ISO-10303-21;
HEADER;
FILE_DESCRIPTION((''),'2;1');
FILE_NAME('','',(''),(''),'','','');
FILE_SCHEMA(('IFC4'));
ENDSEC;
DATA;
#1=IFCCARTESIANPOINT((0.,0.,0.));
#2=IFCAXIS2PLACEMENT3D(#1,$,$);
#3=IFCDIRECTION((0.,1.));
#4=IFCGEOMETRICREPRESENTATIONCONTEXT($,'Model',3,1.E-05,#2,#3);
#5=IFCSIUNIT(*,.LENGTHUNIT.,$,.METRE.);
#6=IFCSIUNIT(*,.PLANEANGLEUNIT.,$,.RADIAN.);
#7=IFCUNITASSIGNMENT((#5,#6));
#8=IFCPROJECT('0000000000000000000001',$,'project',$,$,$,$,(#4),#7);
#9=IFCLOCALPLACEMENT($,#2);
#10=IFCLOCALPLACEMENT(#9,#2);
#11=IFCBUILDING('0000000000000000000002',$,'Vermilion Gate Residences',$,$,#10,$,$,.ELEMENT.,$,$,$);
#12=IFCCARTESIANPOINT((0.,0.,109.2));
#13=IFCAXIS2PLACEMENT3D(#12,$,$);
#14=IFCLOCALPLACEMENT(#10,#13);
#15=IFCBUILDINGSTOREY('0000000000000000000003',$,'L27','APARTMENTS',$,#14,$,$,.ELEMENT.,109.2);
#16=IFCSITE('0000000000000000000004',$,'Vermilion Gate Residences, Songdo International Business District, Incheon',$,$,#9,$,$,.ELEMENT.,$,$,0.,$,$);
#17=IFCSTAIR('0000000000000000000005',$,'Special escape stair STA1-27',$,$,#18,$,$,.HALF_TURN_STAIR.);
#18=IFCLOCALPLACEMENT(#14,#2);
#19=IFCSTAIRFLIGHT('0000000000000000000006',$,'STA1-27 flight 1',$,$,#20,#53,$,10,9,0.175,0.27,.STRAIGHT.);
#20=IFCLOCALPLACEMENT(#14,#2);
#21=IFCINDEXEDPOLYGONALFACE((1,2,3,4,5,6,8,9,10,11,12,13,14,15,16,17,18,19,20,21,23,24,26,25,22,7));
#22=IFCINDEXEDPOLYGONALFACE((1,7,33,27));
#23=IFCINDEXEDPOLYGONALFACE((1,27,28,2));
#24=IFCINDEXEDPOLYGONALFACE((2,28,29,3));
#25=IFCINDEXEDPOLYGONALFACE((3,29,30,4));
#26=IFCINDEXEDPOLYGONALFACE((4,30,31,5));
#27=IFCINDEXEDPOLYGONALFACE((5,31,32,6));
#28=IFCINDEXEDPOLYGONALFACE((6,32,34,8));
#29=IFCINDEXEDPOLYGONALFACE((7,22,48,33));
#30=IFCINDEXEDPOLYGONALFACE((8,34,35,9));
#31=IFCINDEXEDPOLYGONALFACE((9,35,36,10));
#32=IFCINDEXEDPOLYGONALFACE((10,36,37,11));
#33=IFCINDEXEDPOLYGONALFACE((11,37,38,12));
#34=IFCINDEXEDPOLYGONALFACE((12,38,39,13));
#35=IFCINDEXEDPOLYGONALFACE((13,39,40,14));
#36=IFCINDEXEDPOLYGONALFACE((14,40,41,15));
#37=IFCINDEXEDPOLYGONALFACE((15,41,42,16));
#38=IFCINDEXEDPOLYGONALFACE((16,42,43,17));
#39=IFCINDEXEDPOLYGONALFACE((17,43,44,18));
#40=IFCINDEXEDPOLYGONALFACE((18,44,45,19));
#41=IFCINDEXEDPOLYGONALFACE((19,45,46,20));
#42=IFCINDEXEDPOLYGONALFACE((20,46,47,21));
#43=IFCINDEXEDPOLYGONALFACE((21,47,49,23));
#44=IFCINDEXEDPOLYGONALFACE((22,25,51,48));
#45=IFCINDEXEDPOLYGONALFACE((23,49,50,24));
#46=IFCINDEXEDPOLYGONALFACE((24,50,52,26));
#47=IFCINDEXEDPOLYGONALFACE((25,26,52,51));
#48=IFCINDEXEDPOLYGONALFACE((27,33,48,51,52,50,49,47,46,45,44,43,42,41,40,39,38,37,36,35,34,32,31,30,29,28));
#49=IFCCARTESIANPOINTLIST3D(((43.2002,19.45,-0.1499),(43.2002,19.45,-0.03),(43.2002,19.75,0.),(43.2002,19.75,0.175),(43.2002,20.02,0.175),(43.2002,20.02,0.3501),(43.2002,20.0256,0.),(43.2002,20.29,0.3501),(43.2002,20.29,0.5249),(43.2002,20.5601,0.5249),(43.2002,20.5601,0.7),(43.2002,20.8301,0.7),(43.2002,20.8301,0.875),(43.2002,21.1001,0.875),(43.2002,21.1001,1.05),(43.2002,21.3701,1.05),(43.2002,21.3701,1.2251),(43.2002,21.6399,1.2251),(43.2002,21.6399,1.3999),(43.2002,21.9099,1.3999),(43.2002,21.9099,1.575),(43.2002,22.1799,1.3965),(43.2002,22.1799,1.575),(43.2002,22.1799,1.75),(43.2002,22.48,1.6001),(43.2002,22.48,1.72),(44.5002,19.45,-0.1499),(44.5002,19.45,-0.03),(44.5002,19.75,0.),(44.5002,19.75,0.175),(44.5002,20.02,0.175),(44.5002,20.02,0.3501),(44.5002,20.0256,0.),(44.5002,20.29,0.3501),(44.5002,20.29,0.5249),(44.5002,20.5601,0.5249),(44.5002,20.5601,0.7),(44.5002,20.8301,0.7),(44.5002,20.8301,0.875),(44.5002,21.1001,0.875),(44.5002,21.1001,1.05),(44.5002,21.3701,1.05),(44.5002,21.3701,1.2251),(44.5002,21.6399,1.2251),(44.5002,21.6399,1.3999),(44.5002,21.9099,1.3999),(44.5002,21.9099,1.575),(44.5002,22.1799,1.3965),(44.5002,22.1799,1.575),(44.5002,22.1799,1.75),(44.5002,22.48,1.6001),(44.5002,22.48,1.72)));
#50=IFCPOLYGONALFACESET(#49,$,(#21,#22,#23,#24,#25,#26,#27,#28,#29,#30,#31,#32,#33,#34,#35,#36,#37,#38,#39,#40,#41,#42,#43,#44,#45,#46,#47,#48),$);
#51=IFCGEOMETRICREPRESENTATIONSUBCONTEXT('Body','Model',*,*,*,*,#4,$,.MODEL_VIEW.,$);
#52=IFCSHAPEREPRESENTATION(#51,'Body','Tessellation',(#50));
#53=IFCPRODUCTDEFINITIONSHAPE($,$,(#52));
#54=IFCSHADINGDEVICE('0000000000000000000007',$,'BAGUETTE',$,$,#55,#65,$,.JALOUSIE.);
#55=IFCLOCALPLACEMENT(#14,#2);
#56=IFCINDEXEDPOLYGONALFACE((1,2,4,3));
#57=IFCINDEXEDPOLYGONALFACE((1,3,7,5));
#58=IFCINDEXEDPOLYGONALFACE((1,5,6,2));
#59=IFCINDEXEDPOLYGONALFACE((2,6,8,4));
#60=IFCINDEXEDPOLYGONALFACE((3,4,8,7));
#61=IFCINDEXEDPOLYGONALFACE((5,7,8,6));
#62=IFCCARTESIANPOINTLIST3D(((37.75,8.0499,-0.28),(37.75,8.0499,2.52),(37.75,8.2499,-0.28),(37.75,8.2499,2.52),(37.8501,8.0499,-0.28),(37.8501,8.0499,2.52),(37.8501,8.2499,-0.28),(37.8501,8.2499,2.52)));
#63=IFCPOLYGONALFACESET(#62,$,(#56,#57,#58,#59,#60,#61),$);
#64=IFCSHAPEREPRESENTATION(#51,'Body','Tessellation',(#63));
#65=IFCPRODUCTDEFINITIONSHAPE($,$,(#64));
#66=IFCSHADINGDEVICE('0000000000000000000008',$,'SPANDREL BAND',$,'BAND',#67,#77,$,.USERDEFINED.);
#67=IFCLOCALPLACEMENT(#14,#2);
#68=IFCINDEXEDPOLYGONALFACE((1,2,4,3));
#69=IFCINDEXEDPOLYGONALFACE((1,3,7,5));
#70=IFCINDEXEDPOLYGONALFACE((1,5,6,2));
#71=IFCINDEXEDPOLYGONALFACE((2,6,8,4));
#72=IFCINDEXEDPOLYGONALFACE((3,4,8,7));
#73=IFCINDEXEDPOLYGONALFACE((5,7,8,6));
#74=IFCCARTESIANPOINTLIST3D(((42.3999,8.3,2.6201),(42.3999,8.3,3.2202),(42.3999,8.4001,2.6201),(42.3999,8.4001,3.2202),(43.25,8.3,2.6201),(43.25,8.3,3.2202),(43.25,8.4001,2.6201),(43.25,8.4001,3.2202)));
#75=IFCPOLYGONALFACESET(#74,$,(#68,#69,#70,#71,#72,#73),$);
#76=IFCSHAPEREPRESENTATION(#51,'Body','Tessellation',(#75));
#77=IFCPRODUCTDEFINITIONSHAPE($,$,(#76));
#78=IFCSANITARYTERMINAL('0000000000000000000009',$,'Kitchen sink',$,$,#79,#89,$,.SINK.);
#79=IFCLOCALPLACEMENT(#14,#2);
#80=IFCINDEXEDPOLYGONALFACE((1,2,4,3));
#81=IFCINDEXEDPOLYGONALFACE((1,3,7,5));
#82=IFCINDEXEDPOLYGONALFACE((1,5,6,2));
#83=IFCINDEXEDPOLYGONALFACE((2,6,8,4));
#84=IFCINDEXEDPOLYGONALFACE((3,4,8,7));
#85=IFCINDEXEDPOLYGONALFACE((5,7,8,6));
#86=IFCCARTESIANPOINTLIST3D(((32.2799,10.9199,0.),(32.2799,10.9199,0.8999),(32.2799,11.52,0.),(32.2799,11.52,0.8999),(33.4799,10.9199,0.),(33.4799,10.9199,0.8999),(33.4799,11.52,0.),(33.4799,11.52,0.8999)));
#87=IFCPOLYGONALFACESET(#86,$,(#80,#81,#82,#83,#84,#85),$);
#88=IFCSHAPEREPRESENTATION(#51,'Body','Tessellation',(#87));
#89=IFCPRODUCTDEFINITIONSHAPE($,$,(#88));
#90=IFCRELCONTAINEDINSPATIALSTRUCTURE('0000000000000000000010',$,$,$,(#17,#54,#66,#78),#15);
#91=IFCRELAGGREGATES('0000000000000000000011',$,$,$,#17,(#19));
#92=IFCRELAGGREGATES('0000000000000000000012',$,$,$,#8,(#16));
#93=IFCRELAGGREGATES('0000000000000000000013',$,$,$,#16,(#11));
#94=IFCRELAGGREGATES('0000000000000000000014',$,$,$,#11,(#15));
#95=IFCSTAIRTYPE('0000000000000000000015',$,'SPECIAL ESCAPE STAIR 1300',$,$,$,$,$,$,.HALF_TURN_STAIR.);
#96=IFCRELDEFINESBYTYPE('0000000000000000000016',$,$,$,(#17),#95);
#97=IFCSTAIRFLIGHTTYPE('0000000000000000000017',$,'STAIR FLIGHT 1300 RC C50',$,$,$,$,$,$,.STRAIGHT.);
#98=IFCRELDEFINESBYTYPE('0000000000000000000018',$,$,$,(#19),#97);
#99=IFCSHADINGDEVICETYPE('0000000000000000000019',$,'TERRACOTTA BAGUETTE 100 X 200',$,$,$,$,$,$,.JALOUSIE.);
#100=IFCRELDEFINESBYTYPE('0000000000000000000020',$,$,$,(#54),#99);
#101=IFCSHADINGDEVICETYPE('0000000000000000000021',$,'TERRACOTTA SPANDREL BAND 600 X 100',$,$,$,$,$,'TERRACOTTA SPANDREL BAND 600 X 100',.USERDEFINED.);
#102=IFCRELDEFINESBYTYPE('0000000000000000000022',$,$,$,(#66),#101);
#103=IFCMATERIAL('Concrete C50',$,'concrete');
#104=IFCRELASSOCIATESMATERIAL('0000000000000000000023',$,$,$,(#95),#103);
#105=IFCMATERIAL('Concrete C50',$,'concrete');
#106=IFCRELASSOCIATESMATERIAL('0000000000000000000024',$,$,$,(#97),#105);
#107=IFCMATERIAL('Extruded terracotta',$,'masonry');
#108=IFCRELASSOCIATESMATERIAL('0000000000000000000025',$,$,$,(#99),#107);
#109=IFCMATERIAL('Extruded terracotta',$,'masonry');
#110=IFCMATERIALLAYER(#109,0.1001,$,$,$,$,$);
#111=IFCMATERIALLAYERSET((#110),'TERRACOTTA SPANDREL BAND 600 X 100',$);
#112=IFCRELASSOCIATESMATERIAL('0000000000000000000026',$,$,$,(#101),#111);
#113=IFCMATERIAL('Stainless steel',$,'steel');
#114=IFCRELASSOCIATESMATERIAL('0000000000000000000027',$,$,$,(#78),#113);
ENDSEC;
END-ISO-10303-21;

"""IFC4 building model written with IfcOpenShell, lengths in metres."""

from ifc_helpers import new_model, si_unit, direction, frame, origin, origin_2d, place, context, subcontext, project, spatial, polyline, rectangle, outline, extrude, material, layer, layer_set, material_profile, profile_set, type_object, element, aggregate, save


model = new_model("IFC4")

# Units and contexts
model_context = context("Model", 3, precision=1e-05, world=origin(), true_north=direction((0.0, 1.0)))
body_context = subcontext(model_context, "Body", "Model", "MODEL_VIEW")
ifc_project = project(units=[si_unit("LENGTHUNIT", "METRE"), si_unit("PLANEANGLEUNIT", "RADIAN")], contexts=[model_context])

# Site, building, storey
site_placement = place(None, origin())
site = spatial("IfcSite", under=ifc_project, at=site_placement, Name="Vermilion Gate Residences, Songdo International Business District, Incheon", CompositionType="ELEMENT", RefElevation=0.0)
building_placement = place(site_placement, origin())
building = spatial("IfcBuilding", under=site, at=building_placement, Name="Vermilion Gate Residences", CompositionType="ELEMENT")
storey_placement = place(building_placement, frame((0.0, 0.0, 109.2)))
storey = spatial("IfcBuildingStorey", under=building, at=storey_placement, Name="L27", Description="APARTMENTS", CompositionType="ELEMENT", Elevation=109.2)

# Stair, stair flight
ifc_material_1 = material(Name="Concrete C50", Category="concrete")
stair_type = type_object("IfcStairType", Name="SPECIAL ESCAPE STAIR 1300", PredefinedType="HALF_TURN_STAIR", material=ifc_material_1)
stair_placement = place(storey_placement, origin())
stair = element("IfcStair", 1, at=stair_placement, inside=storey, type_object=stair_type, Name="Special escape stair STA1-27", PredefinedType="HALF_TURN_STAIR")
ifc_material_2 = material(Name="Concrete C50", Category="concrete")
stair_flight_type = type_object("IfcStairFlightType", Name="STAIR FLIGHT 1300 RC C50", PredefinedType="STRAIGHT", material=ifc_material_2)
stair_flight_placement = place(storey_placement, frame((43.8501, 19.75, 0.0), z_axis=(0.0, 0.0, 1.0), x_axis=(0.0, 1.0, 0.0)))
stair_flight = element("IfcStairFlight", 2, at=stair_flight_placement, type_object=stair_flight_type, Name="STA1-27 flight 1", NumberOfRisers=10, NumberOfTreads=9, PredefinedType="STRAIGHT", RiserHeight=0.175, TreadLength=0.27, context=body_context, shape_type="SweptSolid", body=[
    extrude(outline(polyline([(-0.3, -0.1499), (-0.3, -0.03), (0.0, 0.0), (0.0, 0.175), (0.27, 0.175), (0.27, 0.3501), (0.54, 0.3501), (0.54, 0.5249), (0.8101, 0.5249), (0.8101, 0.7), (1.0801, 0.7), (1.0801, 0.875), (1.3501, 0.875), (1.3501, 1.05), (1.6201, 1.05), (1.6201, 1.2251), (1.8899, 1.2251), (1.8899, 1.3999), (2.1599, 1.3999), (2.1599, 1.575), (2.4299, 1.575), (2.4299, 1.75), (2.73, 1.72), (2.73, 1.6001), (2.4299, 1.3965), (0.2756, 0.0), (-0.3, -0.1499)])), frame((0.0, 0.6499, 0.0), z_axis=(0.0, -1.0, 0.0), x_axis=(1.0, 0.0, 0.0)), (0.0, 0.0, 1.0), 1.3),
])
aggregate(stair, [stair_flight])

# Shading devices
ifc_material_3 = material(Name="Extruded terracotta", Category="masonry")
ifc_material_profile_1 = material_profile(ifc_material_3, rectangle(XDim=0.2, YDim=0.1001, at=origin_2d()), Name="BAGUETTE 100 X 200")
ifc_profile_set_1 = profile_set([ifc_material_profile_1], Name="Extruded terracotta")
shading_device_type_1 = type_object("IfcShadingDeviceType", Name="TERRACOTTA BAGUETTE 100 X 200", PredefinedType="JALOUSIE", material=ifc_profile_set_1)
shading_device_1_placement = place(storey_placement, frame((37.8, 8.1499, -0.28), z_axis=(0.0, 0.0, 1.0), x_axis=(0.0, 1.0, 0.0)))
element("IfcShadingDevice", 3, at=shading_device_1_placement, inside=storey, type_object=shading_device_type_1, Name="BAGUETTE", PredefinedType="JALOUSIE", context=body_context, shape_type="SweptSolid", body=[
    extrude(rectangle(XDim=0.2, YDim=0.1001, at=origin_2d()), origin(), (0.0, 0.0, 1.0), 2.8),
])
ifc_material_4 = material(Name="Extruded terracotta", Category="masonry")
ifc_layer_1 = layer(ifc_material_4, 0.1001)
ifc_layer_set_1 = layer_set([ifc_layer_1], Name="TERRACOTTA SPANDREL BAND 600 X 100")
shading_device_type_2 = type_object("IfcShadingDeviceType", Name="TERRACOTTA SPANDREL BAND 600 X 100", ElementType="TERRACOTTA SPANDREL BAND 600 X 100", PredefinedType="USERDEFINED", material=ifc_layer_set_1)
shading_device_2_placement = place(storey_placement, frame((42.825, 8.3501, 2.6201), z_axis=(0.0, 0.0, 1.0), x_axis=(1.0, 0.0, 0.0)))
element("IfcShadingDevice", 4, at=shading_device_2_placement, inside=storey, type_object=shading_device_type_2, Name="SPANDREL BAND", ObjectType="BAND", PredefinedType="USERDEFINED", context=body_context, shape_type="SweptSolid", body=[
    extrude(rectangle(XDim=0.8501, YDim=0.1001, at=origin_2d()), origin(), (0.0, 0.0, 1.0), 0.6001),
])

# Sanitary terminal
ifc_material_5 = material(Name="Stainless steel", Category="steel")
sanitary_terminal_placement = place(storey_placement, frame((32.8799, 11.22, 0.0), z_axis=(0.0, 0.0, 1.0), x_axis=(1.0, 0.0, 0.0)))
element("IfcSanitaryTerminal", 5, at=sanitary_terminal_placement, inside=storey, material=ifc_material_5, Name="Kitchen sink", PredefinedType="SINK", context=body_context, shape_type="SweptSolid", body=[
    extrude(rectangle(XDim=1.2, YDim=0.6001, at=origin_2d()), origin(), (0.0, 0.0, 1.0), 0.8999),
])

save(model, "model.ifc")
